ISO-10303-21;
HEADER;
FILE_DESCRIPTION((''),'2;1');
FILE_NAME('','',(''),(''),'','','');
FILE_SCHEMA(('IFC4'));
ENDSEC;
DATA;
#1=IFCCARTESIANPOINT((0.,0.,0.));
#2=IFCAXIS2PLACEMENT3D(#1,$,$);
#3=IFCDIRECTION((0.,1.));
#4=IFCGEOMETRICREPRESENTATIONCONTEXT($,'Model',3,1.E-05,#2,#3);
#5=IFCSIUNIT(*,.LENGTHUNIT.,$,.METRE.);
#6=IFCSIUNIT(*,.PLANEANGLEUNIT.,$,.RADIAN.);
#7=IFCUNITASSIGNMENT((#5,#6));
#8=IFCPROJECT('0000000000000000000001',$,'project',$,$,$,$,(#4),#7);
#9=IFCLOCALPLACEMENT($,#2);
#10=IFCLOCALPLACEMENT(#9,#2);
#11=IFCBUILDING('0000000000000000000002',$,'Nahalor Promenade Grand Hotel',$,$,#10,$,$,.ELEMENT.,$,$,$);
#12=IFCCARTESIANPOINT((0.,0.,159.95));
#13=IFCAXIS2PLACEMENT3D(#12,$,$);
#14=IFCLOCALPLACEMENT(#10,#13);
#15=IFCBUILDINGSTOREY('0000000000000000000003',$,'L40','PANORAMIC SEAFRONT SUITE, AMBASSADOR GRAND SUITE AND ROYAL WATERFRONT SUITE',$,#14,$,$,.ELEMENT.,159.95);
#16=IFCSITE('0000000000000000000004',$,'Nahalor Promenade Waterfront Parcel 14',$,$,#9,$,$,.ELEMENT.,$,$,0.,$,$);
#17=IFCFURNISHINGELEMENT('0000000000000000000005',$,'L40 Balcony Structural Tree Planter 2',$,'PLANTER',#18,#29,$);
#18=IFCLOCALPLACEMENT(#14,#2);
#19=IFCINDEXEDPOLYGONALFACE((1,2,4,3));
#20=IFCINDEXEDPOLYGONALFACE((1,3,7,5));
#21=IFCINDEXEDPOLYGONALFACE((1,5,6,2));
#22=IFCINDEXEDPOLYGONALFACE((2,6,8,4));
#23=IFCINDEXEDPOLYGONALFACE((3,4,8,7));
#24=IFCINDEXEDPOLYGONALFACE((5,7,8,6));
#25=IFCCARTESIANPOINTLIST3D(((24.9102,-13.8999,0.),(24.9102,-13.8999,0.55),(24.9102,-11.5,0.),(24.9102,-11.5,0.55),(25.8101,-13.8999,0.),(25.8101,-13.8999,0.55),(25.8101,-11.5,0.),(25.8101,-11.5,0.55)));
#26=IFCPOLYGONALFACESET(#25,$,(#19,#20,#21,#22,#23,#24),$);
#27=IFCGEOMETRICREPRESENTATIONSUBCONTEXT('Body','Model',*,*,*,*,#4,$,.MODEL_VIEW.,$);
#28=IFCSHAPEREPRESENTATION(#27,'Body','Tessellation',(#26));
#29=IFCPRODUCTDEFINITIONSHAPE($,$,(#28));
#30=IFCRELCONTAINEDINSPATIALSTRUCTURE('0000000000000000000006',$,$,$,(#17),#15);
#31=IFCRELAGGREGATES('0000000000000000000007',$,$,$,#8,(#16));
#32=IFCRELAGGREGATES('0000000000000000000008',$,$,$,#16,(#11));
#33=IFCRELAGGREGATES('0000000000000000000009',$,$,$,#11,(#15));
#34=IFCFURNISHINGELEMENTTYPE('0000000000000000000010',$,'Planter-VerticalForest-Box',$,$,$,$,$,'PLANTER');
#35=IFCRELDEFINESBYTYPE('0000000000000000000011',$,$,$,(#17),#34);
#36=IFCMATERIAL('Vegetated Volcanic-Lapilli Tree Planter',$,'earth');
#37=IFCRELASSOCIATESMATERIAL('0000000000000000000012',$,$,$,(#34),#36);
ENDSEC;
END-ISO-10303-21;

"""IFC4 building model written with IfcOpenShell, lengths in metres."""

from ifc_helpers import new_model, si_unit, direction, frame, origin, origin_2d, place, context, subcontext, project, spatial, rectangle, extrude, source, transform, mapped, material, type_object, element, save


model = new_model("IFC4")

# Units and contexts
model_context = context("Model", 3, precision=1e-05, world=origin(), true_north=direction((0.0, 1.0)))
body_context = subcontext(model_context, "Body", "Model", "MODEL_VIEW")
ifc_project = project(units=[si_unit("LENGTHUNIT", "METRE"), si_unit("PLANEANGLEUNIT", "RADIAN")], contexts=[model_context])

# Site, building, storey
site_placement = place(None, origin())
site = spatial("IfcSite", under=ifc_project, at=site_placement, Name="Nahalor Promenade Waterfront Parcel 14", CompositionType="ELEMENT", RefElevation=0.0)
building_placement = place(site_placement, origin())
building = spatial("IfcBuilding", under=site, at=building_placement, Name="Nahalor Promenade Grand Hotel", CompositionType="ELEMENT")
storey_placement = place(building_placement, frame((0.0, 0.0, 159.95)))
storey = spatial("IfcBuildingStorey", under=building, at=storey_placement, Name="L40", Description="PANORAMIC SEAFRONT SUITE, AMBASSADOR GRAND SUITE AND ROYAL WATERFRONT SUITE", CompositionType="ELEMENT", Elevation=159.95)

# Furnishing element
ifc_material_1 = material(Name="Vegetated Volcanic-Lapilli Tree Planter", Category="earth")
furnishing_element_type = type_object("IfcFurnishingElementType", Name="Planter-VerticalForest-Box", ElementType="PLANTER", material=ifc_material_1)
shared_shape_1 = source(origin(), body_context, "Body", "SweptSolid", [
    extrude(rectangle(XDim=2.3999, YDim=0.8999, at=origin_2d()), origin(), (0.0, 0.0, 1.0), 0.55),
])
furnishing_placement = place(storey_placement, frame((25.3601, -12.7, 0.0), z_axis=(0.0, 0.0, 1.0), x_axis=(0.0, 1.0, 0.0)))
element("IfcFurnishingElement", 1, at=furnishing_placement, inside=storey, type_object=furnishing_element_type, Name="L40 Balcony Structural Tree Planter 2", ObjectType="PLANTER", context=body_context, shape_type="MappedRepresentation", body=[
    mapped(shared_shape_1, transform((0.0, 0.0, 0.0), scale=1.0)),
])

save(model, "model.ifc")
